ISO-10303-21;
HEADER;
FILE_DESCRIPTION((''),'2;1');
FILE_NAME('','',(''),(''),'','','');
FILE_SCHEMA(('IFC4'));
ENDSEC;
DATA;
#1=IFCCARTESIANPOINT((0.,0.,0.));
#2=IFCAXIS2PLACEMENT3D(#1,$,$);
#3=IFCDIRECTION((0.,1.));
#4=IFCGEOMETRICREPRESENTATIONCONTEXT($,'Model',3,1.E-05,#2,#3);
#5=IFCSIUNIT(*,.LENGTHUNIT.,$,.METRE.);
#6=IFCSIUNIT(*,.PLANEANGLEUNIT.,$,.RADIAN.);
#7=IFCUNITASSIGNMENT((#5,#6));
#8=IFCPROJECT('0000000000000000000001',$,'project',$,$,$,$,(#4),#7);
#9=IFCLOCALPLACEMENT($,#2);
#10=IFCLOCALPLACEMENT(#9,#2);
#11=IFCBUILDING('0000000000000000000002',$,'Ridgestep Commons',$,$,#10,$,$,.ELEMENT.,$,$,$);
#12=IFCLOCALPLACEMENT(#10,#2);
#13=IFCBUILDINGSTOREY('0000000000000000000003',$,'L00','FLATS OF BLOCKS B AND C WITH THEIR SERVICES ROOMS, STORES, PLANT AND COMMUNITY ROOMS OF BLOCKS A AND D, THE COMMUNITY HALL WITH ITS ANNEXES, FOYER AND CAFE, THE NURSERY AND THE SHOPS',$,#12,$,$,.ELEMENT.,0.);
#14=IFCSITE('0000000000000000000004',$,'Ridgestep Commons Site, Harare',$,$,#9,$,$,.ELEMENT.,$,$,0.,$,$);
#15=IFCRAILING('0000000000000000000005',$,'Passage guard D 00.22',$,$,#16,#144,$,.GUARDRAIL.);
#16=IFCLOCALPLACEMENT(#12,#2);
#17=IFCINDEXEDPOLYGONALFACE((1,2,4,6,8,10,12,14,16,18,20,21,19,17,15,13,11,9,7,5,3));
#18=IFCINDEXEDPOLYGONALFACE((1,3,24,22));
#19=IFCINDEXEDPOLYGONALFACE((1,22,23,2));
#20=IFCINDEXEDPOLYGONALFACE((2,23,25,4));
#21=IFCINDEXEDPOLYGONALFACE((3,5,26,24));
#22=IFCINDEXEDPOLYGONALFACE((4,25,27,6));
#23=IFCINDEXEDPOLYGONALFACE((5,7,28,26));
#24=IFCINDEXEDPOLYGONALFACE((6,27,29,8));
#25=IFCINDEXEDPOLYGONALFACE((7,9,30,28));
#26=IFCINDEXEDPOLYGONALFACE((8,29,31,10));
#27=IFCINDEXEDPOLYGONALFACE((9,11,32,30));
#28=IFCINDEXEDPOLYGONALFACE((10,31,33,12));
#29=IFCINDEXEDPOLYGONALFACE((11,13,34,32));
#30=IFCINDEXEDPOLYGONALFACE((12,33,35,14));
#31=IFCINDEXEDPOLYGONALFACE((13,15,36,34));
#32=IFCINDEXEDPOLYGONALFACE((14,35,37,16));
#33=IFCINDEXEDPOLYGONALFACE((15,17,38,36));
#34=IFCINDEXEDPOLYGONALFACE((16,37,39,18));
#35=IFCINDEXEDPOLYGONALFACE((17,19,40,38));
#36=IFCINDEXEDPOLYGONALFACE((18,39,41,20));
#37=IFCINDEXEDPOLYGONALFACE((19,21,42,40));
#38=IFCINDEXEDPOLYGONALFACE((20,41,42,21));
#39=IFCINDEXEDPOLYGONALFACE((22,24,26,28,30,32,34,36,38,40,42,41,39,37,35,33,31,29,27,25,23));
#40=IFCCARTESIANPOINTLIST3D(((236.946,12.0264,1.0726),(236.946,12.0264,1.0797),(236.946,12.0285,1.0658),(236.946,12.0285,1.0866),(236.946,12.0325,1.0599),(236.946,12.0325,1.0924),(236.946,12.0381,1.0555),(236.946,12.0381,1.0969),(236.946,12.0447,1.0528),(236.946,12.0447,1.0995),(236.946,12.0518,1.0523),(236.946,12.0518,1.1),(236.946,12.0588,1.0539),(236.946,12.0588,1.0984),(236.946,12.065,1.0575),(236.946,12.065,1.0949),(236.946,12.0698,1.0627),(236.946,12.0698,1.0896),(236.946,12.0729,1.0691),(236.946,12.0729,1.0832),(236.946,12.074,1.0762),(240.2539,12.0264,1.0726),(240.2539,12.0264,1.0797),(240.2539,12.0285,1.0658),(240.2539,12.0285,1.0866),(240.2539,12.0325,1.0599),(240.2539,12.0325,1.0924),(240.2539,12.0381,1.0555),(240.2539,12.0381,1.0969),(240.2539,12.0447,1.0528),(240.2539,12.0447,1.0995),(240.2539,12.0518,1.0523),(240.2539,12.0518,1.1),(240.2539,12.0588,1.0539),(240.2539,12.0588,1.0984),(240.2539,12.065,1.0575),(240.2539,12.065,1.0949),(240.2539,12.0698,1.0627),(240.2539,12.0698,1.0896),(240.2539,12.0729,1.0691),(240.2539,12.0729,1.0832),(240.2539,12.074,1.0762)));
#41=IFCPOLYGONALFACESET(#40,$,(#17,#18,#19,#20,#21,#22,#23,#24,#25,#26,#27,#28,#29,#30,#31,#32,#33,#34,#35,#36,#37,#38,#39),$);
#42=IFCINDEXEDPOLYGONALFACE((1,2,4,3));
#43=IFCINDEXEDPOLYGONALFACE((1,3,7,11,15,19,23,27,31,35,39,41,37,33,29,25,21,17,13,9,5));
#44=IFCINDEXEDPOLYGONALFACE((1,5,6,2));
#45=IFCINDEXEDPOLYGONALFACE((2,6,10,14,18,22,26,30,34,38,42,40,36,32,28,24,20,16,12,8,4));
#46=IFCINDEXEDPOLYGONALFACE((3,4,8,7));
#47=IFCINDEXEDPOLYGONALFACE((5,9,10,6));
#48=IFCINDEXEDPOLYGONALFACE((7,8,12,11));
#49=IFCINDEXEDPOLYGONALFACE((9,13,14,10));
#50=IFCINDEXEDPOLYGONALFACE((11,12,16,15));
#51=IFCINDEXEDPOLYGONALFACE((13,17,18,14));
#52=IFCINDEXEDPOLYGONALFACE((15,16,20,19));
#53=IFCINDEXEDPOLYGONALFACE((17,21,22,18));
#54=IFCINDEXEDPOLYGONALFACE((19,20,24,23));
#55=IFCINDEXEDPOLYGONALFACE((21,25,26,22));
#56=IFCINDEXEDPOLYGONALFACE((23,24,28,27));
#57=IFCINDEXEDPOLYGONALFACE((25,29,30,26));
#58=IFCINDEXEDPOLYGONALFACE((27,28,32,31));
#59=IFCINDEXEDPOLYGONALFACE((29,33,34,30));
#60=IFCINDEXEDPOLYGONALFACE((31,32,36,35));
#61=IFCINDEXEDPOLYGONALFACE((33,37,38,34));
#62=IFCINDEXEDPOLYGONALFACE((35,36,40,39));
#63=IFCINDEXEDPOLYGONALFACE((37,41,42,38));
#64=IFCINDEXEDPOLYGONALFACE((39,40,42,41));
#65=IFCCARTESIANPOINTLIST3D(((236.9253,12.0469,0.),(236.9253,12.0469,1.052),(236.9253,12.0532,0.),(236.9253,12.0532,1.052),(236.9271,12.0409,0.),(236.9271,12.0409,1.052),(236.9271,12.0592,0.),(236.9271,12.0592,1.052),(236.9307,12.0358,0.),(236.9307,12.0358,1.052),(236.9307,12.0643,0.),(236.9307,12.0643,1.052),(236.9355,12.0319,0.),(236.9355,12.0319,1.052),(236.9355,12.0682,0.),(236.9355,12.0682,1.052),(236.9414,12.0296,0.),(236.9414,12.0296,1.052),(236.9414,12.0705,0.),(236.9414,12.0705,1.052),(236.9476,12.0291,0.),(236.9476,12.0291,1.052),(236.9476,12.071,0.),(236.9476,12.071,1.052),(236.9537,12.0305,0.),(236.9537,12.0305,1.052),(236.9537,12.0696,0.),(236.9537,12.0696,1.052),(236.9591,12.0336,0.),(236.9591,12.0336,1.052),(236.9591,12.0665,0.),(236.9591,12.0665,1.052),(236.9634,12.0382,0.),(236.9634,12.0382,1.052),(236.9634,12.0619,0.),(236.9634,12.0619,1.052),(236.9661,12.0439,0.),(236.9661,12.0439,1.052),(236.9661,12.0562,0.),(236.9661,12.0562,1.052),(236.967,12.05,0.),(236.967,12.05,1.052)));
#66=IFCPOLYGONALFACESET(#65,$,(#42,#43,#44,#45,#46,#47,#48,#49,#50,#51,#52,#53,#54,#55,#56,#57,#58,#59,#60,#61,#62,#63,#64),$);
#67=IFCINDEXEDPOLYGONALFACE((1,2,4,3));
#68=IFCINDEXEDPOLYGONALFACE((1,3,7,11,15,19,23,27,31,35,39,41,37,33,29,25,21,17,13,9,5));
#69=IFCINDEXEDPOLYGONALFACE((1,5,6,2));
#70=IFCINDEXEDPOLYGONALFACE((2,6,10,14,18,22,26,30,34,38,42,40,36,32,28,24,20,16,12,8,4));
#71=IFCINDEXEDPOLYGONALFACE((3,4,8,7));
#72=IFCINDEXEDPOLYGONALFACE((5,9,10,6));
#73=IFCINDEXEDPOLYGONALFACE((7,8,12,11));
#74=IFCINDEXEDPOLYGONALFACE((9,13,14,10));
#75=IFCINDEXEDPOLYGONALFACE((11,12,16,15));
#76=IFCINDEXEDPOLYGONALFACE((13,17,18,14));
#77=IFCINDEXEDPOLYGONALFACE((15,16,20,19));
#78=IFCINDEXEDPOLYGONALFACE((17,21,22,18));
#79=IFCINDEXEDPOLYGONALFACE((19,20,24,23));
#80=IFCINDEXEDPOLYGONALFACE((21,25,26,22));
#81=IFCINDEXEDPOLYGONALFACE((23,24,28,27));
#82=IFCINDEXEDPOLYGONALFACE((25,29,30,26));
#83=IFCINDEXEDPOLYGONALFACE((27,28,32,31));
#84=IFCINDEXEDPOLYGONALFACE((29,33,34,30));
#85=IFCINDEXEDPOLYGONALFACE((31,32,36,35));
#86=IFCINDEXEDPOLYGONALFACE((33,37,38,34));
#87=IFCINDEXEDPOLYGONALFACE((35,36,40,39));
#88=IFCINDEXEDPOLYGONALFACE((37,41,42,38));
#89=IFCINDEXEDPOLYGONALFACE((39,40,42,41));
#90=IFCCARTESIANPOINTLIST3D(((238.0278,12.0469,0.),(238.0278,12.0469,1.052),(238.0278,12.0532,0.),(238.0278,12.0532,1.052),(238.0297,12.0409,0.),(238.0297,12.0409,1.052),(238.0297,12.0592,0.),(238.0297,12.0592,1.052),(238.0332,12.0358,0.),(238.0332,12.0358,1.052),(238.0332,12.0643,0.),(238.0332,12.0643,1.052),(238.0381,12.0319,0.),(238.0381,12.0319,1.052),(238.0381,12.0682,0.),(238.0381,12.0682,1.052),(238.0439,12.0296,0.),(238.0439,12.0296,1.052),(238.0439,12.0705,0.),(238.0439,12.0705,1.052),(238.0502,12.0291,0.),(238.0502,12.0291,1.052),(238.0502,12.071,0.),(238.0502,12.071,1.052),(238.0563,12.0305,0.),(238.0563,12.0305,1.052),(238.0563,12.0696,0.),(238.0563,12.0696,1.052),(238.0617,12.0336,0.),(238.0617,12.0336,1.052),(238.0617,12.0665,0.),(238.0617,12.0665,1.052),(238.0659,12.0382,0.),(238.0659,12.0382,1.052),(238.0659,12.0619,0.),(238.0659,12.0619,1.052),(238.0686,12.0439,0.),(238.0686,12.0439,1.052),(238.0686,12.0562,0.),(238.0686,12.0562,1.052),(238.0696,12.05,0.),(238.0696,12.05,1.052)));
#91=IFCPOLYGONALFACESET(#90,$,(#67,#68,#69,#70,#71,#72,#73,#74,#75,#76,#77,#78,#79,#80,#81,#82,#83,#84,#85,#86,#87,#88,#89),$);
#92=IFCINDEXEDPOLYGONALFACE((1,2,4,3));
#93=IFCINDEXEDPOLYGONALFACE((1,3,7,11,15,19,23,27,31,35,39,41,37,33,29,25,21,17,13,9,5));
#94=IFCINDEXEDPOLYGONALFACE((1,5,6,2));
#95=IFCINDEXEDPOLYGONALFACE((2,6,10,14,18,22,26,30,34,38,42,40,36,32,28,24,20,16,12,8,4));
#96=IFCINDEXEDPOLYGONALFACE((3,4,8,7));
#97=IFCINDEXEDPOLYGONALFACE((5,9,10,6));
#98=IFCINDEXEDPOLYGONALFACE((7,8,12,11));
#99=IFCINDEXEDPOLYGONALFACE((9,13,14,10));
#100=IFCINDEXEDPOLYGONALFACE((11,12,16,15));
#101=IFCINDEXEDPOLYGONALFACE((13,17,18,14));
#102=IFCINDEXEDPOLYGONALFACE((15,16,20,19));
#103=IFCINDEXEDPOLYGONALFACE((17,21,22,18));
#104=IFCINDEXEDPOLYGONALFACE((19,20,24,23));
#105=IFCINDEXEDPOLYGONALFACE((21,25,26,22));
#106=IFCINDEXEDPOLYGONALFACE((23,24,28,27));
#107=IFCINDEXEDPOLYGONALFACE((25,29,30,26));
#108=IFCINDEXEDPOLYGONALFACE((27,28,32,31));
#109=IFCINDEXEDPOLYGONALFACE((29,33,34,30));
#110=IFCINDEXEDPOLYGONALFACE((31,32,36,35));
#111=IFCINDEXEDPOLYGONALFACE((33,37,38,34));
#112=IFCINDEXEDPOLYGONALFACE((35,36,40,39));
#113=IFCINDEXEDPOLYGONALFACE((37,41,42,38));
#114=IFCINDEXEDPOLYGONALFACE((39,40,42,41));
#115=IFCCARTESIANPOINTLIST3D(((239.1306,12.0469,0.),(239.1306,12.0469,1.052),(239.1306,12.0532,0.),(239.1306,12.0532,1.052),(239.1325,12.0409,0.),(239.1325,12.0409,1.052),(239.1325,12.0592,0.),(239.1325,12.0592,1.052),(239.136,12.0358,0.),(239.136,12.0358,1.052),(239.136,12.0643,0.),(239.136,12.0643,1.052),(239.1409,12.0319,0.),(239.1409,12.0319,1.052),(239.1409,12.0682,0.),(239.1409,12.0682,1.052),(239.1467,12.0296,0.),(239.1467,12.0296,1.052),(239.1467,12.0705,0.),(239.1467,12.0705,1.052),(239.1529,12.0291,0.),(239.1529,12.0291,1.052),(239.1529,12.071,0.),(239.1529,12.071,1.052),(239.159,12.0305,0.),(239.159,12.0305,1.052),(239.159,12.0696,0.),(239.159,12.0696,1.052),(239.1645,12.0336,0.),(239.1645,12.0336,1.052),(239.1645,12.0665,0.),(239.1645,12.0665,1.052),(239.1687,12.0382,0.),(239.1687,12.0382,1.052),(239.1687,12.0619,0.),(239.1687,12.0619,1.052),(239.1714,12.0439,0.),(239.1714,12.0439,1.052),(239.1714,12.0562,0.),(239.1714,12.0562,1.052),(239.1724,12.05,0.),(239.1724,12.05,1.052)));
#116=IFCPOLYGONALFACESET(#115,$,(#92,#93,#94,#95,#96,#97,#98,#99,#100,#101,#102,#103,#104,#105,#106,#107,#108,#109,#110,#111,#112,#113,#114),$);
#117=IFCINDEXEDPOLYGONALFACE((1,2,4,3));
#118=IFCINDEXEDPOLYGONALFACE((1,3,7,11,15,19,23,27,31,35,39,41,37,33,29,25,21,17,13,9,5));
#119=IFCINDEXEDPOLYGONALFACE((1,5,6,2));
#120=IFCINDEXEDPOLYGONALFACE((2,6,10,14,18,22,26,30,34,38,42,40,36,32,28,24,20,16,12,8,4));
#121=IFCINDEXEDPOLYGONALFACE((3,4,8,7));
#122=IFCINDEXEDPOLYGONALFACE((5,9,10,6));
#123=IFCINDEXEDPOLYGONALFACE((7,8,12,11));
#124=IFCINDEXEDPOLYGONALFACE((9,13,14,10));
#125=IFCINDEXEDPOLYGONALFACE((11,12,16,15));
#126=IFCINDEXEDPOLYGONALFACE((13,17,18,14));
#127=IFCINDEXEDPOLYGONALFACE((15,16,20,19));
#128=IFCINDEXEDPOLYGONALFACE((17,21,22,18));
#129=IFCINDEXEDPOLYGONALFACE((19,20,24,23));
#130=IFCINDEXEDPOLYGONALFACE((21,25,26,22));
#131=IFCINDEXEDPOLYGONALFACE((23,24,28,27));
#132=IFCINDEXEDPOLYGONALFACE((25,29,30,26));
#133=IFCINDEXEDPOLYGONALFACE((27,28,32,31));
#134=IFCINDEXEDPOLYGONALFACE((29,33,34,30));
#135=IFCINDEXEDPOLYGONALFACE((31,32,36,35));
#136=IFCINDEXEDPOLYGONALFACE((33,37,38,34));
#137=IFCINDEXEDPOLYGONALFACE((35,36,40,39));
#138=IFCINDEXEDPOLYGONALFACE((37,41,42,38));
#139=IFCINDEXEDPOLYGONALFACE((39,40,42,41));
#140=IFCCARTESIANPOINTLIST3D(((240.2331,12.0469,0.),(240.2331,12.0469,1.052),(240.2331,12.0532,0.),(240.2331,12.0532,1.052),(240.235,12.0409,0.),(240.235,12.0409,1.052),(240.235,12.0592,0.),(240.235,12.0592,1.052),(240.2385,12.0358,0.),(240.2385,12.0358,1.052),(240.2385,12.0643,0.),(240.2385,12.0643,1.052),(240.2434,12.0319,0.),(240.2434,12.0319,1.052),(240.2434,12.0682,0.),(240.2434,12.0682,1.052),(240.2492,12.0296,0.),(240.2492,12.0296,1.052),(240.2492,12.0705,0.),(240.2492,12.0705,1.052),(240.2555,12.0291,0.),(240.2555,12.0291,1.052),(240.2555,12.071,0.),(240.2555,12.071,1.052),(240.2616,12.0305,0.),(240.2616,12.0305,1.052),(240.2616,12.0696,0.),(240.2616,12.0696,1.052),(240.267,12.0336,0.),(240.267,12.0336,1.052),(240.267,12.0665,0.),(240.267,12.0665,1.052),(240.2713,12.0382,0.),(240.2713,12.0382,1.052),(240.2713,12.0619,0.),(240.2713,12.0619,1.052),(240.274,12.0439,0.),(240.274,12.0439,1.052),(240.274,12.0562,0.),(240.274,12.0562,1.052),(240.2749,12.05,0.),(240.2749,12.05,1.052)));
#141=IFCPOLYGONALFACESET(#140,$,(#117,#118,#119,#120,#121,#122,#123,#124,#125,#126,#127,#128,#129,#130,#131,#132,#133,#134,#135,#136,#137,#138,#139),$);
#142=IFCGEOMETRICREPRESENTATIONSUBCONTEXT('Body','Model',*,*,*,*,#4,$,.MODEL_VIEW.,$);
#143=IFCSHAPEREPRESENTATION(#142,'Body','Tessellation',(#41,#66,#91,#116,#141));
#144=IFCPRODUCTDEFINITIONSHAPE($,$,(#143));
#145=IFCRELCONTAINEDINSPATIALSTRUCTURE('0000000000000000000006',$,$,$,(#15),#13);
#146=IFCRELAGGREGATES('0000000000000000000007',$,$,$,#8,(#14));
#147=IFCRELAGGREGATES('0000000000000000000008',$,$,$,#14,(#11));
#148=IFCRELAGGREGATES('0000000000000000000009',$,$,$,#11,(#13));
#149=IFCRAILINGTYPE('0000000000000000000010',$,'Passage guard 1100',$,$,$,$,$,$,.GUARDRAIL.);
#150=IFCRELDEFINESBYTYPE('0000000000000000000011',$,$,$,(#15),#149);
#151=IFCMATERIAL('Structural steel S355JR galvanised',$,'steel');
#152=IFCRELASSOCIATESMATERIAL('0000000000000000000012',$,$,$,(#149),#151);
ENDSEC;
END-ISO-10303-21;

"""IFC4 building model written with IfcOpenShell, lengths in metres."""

from ifc_helpers import new_model, si_unit, direction, frame, origin, origin_2d, place, context, subcontext, project, spatial, circle, extrude, material, type_object, element, save


model = new_model("IFC4")

# Units and contexts
model_context = context("Model", 3, precision=1e-05, world=origin(), true_north=direction((0.0, 1.0)))
body_context = subcontext(model_context, "Body", "Model", "MODEL_VIEW")
ifc_project = project(units=[si_unit("LENGTHUNIT", "METRE"), si_unit("PLANEANGLEUNIT", "RADIAN")], contexts=[model_context])

# Site, building, storey
site_placement = place(None, origin())
site = spatial("IfcSite", under=ifc_project, at=site_placement, Name="Ridgestep Commons Site, Harare", CompositionType="ELEMENT", RefElevation=0.0)
building_placement = place(site_placement, origin())
building = spatial("IfcBuilding", under=site, at=building_placement, Name="Ridgestep Commons", CompositionType="ELEMENT")
storey_placement = place(building_placement, origin())
storey = spatial("IfcBuildingStorey", under=building, at=storey_placement, Name="L00", Description="FLATS OF BLOCKS B AND C WITH THEIR SERVICES ROOMS, STORES, PLANT AND COMMUNITY ROOMS OF BLOCKS A AND D, THE COMMUNITY HALL WITH ITS ANNEXES, FOYER AND CAFE, THE NURSERY AND THE SHOPS", CompositionType="ELEMENT", Elevation=0.0)

# Railing
ifc_material_1 = material(Name="Structural steel S355JR galvanised", Category="steel")
railing_type = type_object("IfcRailingType", Name="Passage guard 1100", PredefinedType="GUARDRAIL", material=ifc_material_1)
railing_1_placement = place(storey_placement, frame((236.946, 12.05, 0.0)))
element("IfcRailing", 1, at=railing_1_placement, inside=storey, type_object=railing_type, Name="Passage guard D 00.22", PredefinedType="GUARDRAIL", context=body_context, shape_type="SweptSolid", body=[
    extrude(circle(Radius=0.0239, at=origin_2d()), frame((0.0, 0.0, 1.0762), z_axis=(1.0, 0.0, 0.0), x_axis=(0.0, 1.0, 0.0)), (0.0, 0.0, 1.0), 3.3079),
    extrude(circle(Radius=0.021, at=origin_2d()), origin(), (0.0, 0.0, 1.0), 1.052),
    extrude(circle(Radius=0.021, at=origin_2d()), frame((1.1025, 0.0, 0.0)), (0.0, 0.0, 1.0), 1.052),
    extrude(circle(Radius=0.021, at=origin_2d()), frame((2.2053, 0.0, 0.0)), (0.0, 0.0, 1.0), 1.052),
    extrude(circle(Radius=0.021, at=origin_2d()), frame((3.3079, 0.0, 0.0)), (0.0, 0.0, 1.0), 1.052),
])

save(model, "model.ifc")
